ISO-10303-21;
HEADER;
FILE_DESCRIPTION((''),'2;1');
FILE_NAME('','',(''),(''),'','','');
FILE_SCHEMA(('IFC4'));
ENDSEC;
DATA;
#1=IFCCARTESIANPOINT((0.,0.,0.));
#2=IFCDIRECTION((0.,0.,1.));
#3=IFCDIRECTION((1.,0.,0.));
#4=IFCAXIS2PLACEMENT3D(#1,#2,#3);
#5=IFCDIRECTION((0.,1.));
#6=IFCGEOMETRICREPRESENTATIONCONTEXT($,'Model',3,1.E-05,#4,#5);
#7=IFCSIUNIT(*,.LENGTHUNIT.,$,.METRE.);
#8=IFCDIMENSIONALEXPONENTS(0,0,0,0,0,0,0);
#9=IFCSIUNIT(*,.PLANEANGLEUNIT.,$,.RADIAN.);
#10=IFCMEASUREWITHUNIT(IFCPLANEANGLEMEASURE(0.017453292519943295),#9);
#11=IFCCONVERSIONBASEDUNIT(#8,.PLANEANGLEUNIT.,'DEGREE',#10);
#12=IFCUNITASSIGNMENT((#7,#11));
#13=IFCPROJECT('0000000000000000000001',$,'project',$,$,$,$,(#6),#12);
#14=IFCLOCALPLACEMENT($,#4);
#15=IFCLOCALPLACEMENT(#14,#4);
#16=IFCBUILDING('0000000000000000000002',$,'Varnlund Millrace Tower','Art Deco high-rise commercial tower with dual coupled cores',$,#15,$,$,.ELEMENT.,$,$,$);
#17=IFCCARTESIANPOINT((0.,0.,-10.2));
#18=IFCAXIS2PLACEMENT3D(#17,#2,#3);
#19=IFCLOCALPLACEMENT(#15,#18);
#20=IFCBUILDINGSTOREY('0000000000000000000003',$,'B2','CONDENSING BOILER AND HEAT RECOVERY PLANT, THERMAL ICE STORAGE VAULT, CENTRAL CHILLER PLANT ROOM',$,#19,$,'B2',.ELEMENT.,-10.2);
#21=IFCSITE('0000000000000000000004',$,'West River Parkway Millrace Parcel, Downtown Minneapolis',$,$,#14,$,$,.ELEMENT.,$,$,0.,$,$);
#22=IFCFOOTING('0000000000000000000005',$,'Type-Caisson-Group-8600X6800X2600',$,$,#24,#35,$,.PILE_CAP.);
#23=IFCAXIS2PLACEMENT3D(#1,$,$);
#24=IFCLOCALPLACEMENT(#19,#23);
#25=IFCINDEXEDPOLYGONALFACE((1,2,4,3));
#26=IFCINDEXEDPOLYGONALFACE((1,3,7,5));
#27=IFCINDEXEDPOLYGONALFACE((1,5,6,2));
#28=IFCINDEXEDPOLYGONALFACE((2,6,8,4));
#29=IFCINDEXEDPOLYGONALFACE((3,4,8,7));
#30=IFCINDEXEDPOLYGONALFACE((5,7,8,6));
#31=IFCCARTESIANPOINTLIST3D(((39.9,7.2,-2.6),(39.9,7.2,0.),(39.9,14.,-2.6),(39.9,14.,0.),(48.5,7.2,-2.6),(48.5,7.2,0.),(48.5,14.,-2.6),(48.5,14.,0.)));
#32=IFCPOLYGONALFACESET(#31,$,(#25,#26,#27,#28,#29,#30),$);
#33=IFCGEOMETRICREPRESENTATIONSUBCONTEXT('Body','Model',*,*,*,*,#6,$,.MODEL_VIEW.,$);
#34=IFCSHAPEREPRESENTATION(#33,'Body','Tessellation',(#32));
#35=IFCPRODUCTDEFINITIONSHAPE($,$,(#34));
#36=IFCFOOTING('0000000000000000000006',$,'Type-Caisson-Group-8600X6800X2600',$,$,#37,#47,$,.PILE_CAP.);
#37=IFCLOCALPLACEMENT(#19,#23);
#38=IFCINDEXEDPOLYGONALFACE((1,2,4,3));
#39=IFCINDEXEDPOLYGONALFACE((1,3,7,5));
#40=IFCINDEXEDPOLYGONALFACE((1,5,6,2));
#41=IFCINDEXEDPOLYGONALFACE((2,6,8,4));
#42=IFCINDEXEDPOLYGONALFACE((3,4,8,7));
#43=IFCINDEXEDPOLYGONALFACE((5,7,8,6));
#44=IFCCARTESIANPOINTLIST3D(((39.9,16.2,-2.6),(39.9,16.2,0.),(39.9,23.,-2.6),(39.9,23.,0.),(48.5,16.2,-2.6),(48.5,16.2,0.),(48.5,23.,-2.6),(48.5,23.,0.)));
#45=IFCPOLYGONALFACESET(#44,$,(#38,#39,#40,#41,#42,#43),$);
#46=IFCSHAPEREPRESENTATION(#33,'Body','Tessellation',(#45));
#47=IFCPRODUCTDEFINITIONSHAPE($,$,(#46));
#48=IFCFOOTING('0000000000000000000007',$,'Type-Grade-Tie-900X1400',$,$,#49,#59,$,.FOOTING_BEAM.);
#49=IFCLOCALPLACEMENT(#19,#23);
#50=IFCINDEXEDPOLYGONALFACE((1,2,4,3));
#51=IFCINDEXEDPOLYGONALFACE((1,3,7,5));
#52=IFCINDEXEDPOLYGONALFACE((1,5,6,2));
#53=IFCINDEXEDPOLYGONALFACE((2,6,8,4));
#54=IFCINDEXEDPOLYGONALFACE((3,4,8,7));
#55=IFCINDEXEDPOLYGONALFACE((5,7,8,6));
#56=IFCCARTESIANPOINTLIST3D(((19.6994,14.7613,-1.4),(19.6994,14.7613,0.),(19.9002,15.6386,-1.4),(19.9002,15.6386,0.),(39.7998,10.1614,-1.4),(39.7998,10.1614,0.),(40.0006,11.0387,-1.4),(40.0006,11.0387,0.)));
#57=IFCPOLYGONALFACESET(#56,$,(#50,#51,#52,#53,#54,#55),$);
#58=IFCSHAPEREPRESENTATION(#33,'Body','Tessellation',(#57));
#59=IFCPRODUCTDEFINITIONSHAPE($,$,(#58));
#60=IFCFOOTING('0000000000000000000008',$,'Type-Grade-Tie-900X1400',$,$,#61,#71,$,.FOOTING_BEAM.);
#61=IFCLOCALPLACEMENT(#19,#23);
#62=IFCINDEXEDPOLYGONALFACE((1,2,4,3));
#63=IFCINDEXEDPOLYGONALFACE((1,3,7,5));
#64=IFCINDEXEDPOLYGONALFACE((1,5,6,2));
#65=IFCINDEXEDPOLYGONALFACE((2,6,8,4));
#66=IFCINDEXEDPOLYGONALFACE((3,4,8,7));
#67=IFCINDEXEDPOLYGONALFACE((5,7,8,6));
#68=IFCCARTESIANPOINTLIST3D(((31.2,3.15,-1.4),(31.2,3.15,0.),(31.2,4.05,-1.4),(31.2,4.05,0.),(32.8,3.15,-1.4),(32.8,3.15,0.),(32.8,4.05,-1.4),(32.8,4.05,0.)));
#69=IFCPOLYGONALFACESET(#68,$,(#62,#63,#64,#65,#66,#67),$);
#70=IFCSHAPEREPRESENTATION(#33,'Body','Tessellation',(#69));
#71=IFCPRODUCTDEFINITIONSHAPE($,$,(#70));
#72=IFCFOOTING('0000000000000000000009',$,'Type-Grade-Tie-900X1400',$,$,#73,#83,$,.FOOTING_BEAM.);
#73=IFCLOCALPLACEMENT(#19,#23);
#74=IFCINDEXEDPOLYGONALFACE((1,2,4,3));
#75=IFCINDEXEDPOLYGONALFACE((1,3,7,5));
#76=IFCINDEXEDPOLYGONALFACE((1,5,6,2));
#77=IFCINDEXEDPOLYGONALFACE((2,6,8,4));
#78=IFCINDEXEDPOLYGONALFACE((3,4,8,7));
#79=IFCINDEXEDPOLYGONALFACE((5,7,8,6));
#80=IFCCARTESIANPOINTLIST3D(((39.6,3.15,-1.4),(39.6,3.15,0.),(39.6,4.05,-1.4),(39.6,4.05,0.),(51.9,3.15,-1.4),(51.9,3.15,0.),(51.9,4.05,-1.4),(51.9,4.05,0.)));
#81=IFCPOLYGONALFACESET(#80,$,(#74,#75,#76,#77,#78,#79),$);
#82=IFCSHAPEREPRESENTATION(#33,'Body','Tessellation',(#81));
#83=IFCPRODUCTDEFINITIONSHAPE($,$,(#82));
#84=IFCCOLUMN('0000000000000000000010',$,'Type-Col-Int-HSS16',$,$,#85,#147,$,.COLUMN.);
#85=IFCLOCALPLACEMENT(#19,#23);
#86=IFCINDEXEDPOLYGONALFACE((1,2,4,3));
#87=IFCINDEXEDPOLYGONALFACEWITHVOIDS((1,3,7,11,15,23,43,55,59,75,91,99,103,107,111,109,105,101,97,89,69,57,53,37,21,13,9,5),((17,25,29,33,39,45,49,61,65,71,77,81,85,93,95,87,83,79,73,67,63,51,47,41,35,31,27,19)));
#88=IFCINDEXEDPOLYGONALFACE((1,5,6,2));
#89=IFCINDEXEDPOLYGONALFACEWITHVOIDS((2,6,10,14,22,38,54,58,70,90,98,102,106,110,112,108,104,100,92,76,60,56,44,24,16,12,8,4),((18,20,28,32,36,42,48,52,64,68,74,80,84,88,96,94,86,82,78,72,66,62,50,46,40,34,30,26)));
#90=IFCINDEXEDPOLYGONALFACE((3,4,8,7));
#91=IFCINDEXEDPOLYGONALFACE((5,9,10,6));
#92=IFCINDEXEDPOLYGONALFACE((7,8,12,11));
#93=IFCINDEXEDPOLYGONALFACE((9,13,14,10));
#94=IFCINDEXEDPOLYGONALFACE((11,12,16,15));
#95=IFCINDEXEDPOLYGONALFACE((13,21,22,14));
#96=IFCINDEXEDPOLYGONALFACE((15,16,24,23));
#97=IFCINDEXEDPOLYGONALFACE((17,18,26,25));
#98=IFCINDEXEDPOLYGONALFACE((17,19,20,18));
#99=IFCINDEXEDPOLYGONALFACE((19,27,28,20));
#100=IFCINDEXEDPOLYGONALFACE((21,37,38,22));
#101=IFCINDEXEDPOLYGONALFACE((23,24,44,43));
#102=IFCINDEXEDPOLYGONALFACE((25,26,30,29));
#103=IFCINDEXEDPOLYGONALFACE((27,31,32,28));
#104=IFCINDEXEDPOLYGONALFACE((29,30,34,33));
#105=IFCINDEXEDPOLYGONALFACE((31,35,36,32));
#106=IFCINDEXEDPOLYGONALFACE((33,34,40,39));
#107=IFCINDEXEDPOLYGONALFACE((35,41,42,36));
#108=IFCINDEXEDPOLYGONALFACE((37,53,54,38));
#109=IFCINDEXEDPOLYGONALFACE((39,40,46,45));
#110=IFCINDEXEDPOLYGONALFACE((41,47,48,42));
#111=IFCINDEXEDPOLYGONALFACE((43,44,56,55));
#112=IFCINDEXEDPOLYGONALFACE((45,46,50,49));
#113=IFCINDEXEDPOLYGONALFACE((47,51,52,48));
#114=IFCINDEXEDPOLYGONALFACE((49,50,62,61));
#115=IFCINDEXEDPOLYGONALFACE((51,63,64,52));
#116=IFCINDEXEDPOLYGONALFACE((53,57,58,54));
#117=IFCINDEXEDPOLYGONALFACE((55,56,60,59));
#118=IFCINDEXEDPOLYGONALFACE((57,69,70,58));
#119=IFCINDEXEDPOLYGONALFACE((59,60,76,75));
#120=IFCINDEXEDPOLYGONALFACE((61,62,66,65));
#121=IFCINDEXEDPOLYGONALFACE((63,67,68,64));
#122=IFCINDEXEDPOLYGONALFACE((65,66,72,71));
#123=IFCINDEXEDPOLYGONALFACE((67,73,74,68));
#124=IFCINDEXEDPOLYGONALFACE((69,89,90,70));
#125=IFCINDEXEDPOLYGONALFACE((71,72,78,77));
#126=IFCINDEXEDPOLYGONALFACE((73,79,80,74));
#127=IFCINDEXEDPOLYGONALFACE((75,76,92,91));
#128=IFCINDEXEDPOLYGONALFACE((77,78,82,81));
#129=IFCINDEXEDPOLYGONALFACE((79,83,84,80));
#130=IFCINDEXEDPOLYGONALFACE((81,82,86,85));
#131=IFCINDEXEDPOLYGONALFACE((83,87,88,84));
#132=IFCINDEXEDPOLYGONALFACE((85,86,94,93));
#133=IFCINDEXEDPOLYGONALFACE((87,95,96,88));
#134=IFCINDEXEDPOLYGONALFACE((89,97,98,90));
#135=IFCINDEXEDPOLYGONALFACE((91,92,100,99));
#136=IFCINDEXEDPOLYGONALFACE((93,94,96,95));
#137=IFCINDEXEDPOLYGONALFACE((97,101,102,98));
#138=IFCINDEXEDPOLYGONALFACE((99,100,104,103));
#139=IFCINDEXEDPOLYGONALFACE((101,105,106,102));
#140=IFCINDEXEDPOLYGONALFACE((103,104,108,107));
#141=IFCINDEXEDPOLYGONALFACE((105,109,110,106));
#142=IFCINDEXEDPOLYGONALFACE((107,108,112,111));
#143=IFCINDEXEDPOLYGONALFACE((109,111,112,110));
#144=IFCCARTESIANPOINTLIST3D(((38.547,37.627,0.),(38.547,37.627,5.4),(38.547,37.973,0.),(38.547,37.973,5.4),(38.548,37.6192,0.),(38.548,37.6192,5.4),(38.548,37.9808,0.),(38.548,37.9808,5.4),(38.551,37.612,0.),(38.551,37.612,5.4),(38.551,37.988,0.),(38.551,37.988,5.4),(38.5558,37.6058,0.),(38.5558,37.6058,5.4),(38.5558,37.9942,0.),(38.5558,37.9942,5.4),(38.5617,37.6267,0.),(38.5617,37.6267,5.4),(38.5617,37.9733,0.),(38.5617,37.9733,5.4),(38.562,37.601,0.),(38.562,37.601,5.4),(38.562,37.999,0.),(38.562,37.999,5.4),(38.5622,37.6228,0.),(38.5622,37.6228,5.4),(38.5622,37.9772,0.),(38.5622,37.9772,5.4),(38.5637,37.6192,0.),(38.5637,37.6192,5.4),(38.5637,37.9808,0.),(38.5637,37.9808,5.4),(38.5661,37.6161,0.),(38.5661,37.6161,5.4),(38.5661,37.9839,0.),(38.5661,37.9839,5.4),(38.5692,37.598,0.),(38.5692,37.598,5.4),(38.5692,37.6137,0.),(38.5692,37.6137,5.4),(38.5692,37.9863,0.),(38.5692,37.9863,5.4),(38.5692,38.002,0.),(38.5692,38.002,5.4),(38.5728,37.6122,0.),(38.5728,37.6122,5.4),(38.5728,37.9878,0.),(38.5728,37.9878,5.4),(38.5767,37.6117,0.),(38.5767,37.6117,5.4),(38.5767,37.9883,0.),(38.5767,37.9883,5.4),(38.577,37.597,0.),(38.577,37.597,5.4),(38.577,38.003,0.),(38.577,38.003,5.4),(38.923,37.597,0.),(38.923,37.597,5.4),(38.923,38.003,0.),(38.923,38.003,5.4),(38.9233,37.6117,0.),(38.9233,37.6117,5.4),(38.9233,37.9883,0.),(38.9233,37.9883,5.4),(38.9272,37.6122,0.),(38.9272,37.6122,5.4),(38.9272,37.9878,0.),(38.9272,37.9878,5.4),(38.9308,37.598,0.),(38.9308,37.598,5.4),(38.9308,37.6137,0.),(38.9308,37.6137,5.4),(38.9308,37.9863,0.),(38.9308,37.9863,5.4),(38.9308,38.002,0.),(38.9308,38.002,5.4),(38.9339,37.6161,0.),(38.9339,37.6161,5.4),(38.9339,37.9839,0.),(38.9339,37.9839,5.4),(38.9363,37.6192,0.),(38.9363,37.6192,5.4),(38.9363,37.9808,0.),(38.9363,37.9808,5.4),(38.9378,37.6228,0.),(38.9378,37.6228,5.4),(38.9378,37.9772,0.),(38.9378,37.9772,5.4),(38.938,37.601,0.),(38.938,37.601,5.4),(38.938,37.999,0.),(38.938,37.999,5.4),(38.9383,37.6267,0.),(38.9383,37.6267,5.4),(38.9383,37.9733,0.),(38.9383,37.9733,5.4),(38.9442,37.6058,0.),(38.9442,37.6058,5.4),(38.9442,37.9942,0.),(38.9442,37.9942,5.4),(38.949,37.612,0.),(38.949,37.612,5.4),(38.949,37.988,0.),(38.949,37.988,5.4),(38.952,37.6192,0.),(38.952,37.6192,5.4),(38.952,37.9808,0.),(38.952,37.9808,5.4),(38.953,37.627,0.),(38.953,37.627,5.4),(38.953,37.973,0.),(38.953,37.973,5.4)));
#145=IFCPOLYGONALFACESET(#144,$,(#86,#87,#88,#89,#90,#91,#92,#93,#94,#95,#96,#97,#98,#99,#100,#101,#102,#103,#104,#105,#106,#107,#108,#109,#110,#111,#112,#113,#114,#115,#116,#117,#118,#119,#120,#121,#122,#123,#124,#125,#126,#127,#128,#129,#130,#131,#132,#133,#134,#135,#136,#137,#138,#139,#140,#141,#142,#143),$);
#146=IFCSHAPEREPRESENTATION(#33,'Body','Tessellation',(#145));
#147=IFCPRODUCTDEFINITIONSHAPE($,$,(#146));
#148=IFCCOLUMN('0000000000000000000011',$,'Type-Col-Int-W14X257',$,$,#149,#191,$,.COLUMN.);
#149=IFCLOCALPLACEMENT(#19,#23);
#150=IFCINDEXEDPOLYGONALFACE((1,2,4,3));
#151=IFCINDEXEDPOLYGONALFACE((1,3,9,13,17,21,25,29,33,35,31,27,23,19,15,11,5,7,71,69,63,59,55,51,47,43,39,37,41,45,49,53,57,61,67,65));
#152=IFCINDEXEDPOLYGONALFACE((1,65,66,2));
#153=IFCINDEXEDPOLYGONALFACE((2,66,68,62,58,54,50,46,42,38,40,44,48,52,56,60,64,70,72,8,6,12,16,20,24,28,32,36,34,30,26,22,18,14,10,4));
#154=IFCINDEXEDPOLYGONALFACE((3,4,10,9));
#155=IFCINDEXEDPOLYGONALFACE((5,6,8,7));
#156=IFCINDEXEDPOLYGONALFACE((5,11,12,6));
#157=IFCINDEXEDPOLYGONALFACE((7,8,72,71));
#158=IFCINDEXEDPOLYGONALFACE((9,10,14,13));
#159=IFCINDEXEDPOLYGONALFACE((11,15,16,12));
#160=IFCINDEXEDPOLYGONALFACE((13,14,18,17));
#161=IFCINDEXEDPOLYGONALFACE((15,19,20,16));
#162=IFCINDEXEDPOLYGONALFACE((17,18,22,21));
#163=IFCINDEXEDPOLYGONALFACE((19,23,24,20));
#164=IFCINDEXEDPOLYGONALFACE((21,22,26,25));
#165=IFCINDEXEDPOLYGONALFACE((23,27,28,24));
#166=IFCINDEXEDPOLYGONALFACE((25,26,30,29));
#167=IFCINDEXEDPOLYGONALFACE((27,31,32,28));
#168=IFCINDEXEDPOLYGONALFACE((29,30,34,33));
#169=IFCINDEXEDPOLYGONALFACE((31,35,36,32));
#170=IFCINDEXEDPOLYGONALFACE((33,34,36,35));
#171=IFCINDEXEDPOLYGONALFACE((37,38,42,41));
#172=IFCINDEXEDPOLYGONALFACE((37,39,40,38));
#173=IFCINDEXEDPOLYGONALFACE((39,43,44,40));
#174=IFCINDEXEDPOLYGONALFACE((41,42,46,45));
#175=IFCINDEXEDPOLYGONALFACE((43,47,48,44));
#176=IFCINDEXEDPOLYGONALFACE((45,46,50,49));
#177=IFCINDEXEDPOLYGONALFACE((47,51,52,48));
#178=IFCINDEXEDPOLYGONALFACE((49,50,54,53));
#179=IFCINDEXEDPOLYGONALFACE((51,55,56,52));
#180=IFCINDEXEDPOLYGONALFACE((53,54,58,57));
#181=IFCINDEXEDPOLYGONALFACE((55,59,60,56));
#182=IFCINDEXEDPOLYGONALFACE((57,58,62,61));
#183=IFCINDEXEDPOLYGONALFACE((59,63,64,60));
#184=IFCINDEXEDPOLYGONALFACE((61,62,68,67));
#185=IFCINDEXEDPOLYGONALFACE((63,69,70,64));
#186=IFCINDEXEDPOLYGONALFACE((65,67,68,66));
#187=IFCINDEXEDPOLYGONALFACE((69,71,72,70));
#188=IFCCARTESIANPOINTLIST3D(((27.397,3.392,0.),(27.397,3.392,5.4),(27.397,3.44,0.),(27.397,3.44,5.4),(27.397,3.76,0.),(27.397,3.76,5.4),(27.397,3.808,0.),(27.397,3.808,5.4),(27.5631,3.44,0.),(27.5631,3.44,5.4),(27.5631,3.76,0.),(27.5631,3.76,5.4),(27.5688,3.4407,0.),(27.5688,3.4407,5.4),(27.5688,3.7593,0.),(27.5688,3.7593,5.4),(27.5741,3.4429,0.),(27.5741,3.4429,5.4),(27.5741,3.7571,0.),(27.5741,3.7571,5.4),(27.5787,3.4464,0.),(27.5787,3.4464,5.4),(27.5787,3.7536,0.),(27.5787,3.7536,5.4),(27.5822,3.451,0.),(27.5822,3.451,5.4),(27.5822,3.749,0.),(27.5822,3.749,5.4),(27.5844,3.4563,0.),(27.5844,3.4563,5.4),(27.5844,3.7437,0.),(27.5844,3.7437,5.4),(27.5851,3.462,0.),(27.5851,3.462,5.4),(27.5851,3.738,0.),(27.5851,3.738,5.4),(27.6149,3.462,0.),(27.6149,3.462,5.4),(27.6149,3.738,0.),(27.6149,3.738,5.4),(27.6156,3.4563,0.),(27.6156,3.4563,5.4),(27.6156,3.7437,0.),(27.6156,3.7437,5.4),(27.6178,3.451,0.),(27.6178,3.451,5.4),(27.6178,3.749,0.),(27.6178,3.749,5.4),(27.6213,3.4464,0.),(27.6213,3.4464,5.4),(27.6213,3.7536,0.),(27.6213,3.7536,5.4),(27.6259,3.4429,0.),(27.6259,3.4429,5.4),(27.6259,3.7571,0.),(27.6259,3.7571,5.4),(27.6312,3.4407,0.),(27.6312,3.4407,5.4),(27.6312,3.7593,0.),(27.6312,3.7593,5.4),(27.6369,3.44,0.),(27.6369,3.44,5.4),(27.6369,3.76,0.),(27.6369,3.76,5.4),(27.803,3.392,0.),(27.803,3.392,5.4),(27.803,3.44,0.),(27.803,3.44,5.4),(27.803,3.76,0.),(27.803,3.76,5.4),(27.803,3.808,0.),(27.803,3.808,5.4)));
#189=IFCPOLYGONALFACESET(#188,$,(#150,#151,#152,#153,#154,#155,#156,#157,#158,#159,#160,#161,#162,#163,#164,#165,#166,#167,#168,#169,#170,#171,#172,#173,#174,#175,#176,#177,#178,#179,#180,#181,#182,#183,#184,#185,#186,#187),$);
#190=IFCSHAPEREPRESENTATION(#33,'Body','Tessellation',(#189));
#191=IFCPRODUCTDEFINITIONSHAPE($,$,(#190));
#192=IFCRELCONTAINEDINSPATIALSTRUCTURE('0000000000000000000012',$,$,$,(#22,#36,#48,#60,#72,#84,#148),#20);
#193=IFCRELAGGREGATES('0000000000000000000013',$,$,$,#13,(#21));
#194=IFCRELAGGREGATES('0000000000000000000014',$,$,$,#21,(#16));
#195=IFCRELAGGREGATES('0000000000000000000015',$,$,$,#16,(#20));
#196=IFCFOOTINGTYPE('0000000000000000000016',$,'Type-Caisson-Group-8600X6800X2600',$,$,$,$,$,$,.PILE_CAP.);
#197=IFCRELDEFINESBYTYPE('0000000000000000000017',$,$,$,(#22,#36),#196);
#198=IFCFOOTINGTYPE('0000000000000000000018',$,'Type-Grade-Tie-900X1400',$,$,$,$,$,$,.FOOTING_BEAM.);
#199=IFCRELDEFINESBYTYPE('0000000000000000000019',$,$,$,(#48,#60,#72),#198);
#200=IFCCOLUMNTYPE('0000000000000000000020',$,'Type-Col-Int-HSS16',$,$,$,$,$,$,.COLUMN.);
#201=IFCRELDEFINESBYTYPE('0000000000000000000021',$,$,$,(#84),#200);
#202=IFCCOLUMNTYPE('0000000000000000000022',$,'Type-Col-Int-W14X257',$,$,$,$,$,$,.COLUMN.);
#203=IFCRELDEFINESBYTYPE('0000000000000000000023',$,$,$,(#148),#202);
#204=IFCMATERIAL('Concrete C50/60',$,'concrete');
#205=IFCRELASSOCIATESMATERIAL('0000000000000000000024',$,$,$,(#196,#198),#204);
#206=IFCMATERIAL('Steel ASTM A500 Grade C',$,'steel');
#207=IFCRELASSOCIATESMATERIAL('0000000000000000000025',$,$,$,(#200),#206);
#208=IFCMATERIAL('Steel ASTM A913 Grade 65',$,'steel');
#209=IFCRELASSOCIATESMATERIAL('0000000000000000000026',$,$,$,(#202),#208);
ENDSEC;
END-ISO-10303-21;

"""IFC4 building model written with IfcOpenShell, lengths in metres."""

from ifc_helpers import new_model, entity, si_unit, converted_unit, direction, frame, origin_with_axes, origin_2d_with_axis, place, context, subcontext, project, spatial, rectangle, hollow_rectangle, i_section, extrude, material, material_profile, profile_set, type_object, element, save


model = new_model("IFC4")

# Units and contexts
model_context = context("Model", 3, precision=1e-05, world=origin_with_axes(), true_north=direction((0.0, 1.0)))
body_context = subcontext(model_context, "Body", "Model", "MODEL_VIEW")
ifc_project = project(units=[si_unit("LENGTHUNIT", "METRE"), converted_unit("PLANEANGLEUNIT", "DEGREE", entity("IfcPlaneAngleMeasure", 0.017453292519943295), si_unit("PLANEANGLEUNIT", "RADIAN"), dimensions=[0, 0, 0, 0, 0, 0, 0])], contexts=[model_context])

# Site, building, storey
site_placement = place(None, origin_with_axes())
site = spatial("IfcSite", under=ifc_project, at=site_placement, Name="West River Parkway Millrace Parcel, Downtown Minneapolis", CompositionType="ELEMENT", RefElevation=0.0)
building_placement = place(site_placement, origin_with_axes())
building = spatial("IfcBuilding", under=site, at=building_placement, Name="Varnlund Millrace Tower", Description="Art Deco high-rise commercial tower with dual coupled cores", CompositionType="ELEMENT")
storey_placement = place(building_placement, frame((0.0, 0.0, -10.2), z_axis=(0.0, 0.0, 1.0), x_axis=(1.0, 0.0, 0.0)))
storey = spatial("IfcBuildingStorey", under=building, at=storey_placement, Name="B2", Description="CONDENSING BOILER AND HEAT RECOVERY PLANT, THERMAL ICE STORAGE VAULT, CENTRAL CHILLER PLANT ROOM", LongName="B2", CompositionType="ELEMENT", Elevation=-10.2)

# Footings
ifc_material_1 = material(Name="Concrete C50/60", Category="concrete")
footing_type_1 = type_object("IfcFootingType", Name="Type-Caisson-Group-8600X6800X2600", PredefinedType="PILE_CAP", material=ifc_material_1)
for number, where, z_axis, x_axis, name in (
    (1, (44.2, 10.6, -2.6), (0.0, 0.0, 1.0), (1.0, 0.0, 0.0), "Type-Caisson-Group-8600X6800X2600"),
    (2, (44.2, 19.6, -2.6), (0.0, 0.0, 1.0), (1.0, 0.0, 0.0), "Type-Caisson-Group-8600X6800X2600"),
):
    element("IfcFooting", number, at=place(storey_placement, frame(where, z_axis=z_axis, x_axis=x_axis)), inside=storey, type_object=footing_type_1, Name=name, PredefinedType="PILE_CAP", context=body_context, shape_type="SweptSolid", body=[
        extrude(rectangle(XDim=8.6, YDim=6.8, at=origin_2d_with_axis()), origin_with_axes(), (0.0, 0.0, 1.0), 2.6),
    ])
footing_type_2 = type_object("IfcFootingType", Name="Type-Grade-Tie-900X1400", PredefinedType="FOOTING_BEAM", material=ifc_material_1)
footing_1_placement = place(storey_placement, frame((29.85, 12.9, -1.4), z_axis=(0.0, 0.0, 1.0), x_axis=(0.9748, -0.22308, 0.0)))
element("IfcFooting", 3, at=footing_1_placement, inside=storey, type_object=footing_type_2, Name="Type-Grade-Tie-900X1400", PredefinedType="FOOTING_BEAM", context=body_context, shape_type="SweptSolid", body=[
    extrude(rectangle(XDim=20.62, YDim=0.9, at=origin_2d_with_axis()), origin_with_axes(), (0.0, 0.0, 1.0), 1.4),
])
footing_2_placement = place(storey_placement, frame((32.0, 3.6, -1.4), z_axis=(0.0, 0.0, 1.0), x_axis=(1.0, 0.0, 0.0)))
element("IfcFooting", 4, at=footing_2_placement, inside=storey, type_object=footing_type_2, Name="Type-Grade-Tie-900X1400", PredefinedType="FOOTING_BEAM", context=body_context, shape_type="SweptSolid", body=[
    extrude(rectangle(XDim=1.6, YDim=0.9, at=origin_2d_with_axis()), origin_with_axes(), (0.0, 0.0, 1.0), 1.4),
])
footing_3_placement = place(storey_placement, frame((45.75, 3.6, -1.4), z_axis=(0.0, 0.0, 1.0), x_axis=(1.0, 0.0, 0.0)))
element("IfcFooting", 5, at=footing_3_placement, inside=storey, type_object=footing_type_2, Name="Type-Grade-Tie-900X1400", PredefinedType="FOOTING_BEAM", context=body_context, shape_type="SweptSolid", body=[
    extrude(rectangle(XDim=12.3, YDim=0.9, at=origin_2d_with_axis()), origin_with_axes(), (0.0, 0.0, 1.0), 1.4),
])

# Columns
ifc_material_2 = material(Name="Steel ASTM A500 Grade C", Category="steel")
ifc_material_profile_1 = material_profile(ifc_material_2, hollow_rectangle(XDim=0.406, YDim=0.406, WallThickness=0.0147, InnerFilletRadius=0.015, OuterFilletRadius=0.03, at=origin_2d_with_axis()), Name="Steel ASTM A500 Grade C")
ifc_profile_set_1 = profile_set([ifc_material_profile_1], Name="Steel ASTM A500 Grade C")
column_type_1 = type_object("IfcColumnType", Name="Type-Col-Int-HSS16", PredefinedType="COLUMN", material=ifc_profile_set_1)
column_placement = place(storey_placement, frame((38.75, 37.8, 0.0), z_axis=(0.0, 0.0, 1.0), x_axis=(1.0, 0.0, 0.0)))
element("IfcColumn", 6, at=column_placement, inside=storey, type_object=column_type_1, Name="Type-Col-Int-HSS16", PredefinedType="COLUMN", context=body_context, shape_type="SweptSolid", body=[
    extrude(hollow_rectangle(XDim=0.406, YDim=0.406, WallThickness=0.0147, InnerFilletRadius=0.015, OuterFilletRadius=0.03, at=origin_2d_with_axis()), origin_with_axes(), (0.0, 0.0, 1.0), 5.4),
])
ifc_material_3 = material(Name="Steel ASTM A913 Grade 65", Category="steel")
ifc_material_profile_2 = material_profile(ifc_material_3, i_section(OverallWidth=0.406, OverallDepth=0.416, WebThickness=0.0298, FlangeThickness=0.048, FilletRadius=0.022, at=origin_2d_with_axis()), Name="Steel ASTM A913 Grade 65")
ifc_profile_set_2 = profile_set([ifc_material_profile_2], Name="Steel ASTM A913 Grade 65")
column_type_2 = type_object("IfcColumnType", Name="Type-Col-Int-W14X257", PredefinedType="COLUMN", material=ifc_profile_set_2)
for number, where, z_axis, x_axis, name in (
    (7, (27.6, 3.6, 0.0), (0.0, 0.0, 1.0), (1.0, 0.0, 0.0), "Type-Col-Int-W14X257"),
):
    element("IfcColumn", number, at=place(storey_placement, frame(where, z_axis=z_axis, x_axis=x_axis)), inside=storey, type_object=column_type_2, Name=name, PredefinedType="COLUMN", context=body_context, shape_type="SweptSolid", body=[
        extrude(i_section(OverallWidth=0.406, OverallDepth=0.416, WebThickness=0.0298, FlangeThickness=0.048, FilletRadius=0.022, at=origin_2d_with_axis()), origin_with_axes(), (0.0, 0.0, 1.0), 5.4),
    ])

save(model, "model.ifc")
